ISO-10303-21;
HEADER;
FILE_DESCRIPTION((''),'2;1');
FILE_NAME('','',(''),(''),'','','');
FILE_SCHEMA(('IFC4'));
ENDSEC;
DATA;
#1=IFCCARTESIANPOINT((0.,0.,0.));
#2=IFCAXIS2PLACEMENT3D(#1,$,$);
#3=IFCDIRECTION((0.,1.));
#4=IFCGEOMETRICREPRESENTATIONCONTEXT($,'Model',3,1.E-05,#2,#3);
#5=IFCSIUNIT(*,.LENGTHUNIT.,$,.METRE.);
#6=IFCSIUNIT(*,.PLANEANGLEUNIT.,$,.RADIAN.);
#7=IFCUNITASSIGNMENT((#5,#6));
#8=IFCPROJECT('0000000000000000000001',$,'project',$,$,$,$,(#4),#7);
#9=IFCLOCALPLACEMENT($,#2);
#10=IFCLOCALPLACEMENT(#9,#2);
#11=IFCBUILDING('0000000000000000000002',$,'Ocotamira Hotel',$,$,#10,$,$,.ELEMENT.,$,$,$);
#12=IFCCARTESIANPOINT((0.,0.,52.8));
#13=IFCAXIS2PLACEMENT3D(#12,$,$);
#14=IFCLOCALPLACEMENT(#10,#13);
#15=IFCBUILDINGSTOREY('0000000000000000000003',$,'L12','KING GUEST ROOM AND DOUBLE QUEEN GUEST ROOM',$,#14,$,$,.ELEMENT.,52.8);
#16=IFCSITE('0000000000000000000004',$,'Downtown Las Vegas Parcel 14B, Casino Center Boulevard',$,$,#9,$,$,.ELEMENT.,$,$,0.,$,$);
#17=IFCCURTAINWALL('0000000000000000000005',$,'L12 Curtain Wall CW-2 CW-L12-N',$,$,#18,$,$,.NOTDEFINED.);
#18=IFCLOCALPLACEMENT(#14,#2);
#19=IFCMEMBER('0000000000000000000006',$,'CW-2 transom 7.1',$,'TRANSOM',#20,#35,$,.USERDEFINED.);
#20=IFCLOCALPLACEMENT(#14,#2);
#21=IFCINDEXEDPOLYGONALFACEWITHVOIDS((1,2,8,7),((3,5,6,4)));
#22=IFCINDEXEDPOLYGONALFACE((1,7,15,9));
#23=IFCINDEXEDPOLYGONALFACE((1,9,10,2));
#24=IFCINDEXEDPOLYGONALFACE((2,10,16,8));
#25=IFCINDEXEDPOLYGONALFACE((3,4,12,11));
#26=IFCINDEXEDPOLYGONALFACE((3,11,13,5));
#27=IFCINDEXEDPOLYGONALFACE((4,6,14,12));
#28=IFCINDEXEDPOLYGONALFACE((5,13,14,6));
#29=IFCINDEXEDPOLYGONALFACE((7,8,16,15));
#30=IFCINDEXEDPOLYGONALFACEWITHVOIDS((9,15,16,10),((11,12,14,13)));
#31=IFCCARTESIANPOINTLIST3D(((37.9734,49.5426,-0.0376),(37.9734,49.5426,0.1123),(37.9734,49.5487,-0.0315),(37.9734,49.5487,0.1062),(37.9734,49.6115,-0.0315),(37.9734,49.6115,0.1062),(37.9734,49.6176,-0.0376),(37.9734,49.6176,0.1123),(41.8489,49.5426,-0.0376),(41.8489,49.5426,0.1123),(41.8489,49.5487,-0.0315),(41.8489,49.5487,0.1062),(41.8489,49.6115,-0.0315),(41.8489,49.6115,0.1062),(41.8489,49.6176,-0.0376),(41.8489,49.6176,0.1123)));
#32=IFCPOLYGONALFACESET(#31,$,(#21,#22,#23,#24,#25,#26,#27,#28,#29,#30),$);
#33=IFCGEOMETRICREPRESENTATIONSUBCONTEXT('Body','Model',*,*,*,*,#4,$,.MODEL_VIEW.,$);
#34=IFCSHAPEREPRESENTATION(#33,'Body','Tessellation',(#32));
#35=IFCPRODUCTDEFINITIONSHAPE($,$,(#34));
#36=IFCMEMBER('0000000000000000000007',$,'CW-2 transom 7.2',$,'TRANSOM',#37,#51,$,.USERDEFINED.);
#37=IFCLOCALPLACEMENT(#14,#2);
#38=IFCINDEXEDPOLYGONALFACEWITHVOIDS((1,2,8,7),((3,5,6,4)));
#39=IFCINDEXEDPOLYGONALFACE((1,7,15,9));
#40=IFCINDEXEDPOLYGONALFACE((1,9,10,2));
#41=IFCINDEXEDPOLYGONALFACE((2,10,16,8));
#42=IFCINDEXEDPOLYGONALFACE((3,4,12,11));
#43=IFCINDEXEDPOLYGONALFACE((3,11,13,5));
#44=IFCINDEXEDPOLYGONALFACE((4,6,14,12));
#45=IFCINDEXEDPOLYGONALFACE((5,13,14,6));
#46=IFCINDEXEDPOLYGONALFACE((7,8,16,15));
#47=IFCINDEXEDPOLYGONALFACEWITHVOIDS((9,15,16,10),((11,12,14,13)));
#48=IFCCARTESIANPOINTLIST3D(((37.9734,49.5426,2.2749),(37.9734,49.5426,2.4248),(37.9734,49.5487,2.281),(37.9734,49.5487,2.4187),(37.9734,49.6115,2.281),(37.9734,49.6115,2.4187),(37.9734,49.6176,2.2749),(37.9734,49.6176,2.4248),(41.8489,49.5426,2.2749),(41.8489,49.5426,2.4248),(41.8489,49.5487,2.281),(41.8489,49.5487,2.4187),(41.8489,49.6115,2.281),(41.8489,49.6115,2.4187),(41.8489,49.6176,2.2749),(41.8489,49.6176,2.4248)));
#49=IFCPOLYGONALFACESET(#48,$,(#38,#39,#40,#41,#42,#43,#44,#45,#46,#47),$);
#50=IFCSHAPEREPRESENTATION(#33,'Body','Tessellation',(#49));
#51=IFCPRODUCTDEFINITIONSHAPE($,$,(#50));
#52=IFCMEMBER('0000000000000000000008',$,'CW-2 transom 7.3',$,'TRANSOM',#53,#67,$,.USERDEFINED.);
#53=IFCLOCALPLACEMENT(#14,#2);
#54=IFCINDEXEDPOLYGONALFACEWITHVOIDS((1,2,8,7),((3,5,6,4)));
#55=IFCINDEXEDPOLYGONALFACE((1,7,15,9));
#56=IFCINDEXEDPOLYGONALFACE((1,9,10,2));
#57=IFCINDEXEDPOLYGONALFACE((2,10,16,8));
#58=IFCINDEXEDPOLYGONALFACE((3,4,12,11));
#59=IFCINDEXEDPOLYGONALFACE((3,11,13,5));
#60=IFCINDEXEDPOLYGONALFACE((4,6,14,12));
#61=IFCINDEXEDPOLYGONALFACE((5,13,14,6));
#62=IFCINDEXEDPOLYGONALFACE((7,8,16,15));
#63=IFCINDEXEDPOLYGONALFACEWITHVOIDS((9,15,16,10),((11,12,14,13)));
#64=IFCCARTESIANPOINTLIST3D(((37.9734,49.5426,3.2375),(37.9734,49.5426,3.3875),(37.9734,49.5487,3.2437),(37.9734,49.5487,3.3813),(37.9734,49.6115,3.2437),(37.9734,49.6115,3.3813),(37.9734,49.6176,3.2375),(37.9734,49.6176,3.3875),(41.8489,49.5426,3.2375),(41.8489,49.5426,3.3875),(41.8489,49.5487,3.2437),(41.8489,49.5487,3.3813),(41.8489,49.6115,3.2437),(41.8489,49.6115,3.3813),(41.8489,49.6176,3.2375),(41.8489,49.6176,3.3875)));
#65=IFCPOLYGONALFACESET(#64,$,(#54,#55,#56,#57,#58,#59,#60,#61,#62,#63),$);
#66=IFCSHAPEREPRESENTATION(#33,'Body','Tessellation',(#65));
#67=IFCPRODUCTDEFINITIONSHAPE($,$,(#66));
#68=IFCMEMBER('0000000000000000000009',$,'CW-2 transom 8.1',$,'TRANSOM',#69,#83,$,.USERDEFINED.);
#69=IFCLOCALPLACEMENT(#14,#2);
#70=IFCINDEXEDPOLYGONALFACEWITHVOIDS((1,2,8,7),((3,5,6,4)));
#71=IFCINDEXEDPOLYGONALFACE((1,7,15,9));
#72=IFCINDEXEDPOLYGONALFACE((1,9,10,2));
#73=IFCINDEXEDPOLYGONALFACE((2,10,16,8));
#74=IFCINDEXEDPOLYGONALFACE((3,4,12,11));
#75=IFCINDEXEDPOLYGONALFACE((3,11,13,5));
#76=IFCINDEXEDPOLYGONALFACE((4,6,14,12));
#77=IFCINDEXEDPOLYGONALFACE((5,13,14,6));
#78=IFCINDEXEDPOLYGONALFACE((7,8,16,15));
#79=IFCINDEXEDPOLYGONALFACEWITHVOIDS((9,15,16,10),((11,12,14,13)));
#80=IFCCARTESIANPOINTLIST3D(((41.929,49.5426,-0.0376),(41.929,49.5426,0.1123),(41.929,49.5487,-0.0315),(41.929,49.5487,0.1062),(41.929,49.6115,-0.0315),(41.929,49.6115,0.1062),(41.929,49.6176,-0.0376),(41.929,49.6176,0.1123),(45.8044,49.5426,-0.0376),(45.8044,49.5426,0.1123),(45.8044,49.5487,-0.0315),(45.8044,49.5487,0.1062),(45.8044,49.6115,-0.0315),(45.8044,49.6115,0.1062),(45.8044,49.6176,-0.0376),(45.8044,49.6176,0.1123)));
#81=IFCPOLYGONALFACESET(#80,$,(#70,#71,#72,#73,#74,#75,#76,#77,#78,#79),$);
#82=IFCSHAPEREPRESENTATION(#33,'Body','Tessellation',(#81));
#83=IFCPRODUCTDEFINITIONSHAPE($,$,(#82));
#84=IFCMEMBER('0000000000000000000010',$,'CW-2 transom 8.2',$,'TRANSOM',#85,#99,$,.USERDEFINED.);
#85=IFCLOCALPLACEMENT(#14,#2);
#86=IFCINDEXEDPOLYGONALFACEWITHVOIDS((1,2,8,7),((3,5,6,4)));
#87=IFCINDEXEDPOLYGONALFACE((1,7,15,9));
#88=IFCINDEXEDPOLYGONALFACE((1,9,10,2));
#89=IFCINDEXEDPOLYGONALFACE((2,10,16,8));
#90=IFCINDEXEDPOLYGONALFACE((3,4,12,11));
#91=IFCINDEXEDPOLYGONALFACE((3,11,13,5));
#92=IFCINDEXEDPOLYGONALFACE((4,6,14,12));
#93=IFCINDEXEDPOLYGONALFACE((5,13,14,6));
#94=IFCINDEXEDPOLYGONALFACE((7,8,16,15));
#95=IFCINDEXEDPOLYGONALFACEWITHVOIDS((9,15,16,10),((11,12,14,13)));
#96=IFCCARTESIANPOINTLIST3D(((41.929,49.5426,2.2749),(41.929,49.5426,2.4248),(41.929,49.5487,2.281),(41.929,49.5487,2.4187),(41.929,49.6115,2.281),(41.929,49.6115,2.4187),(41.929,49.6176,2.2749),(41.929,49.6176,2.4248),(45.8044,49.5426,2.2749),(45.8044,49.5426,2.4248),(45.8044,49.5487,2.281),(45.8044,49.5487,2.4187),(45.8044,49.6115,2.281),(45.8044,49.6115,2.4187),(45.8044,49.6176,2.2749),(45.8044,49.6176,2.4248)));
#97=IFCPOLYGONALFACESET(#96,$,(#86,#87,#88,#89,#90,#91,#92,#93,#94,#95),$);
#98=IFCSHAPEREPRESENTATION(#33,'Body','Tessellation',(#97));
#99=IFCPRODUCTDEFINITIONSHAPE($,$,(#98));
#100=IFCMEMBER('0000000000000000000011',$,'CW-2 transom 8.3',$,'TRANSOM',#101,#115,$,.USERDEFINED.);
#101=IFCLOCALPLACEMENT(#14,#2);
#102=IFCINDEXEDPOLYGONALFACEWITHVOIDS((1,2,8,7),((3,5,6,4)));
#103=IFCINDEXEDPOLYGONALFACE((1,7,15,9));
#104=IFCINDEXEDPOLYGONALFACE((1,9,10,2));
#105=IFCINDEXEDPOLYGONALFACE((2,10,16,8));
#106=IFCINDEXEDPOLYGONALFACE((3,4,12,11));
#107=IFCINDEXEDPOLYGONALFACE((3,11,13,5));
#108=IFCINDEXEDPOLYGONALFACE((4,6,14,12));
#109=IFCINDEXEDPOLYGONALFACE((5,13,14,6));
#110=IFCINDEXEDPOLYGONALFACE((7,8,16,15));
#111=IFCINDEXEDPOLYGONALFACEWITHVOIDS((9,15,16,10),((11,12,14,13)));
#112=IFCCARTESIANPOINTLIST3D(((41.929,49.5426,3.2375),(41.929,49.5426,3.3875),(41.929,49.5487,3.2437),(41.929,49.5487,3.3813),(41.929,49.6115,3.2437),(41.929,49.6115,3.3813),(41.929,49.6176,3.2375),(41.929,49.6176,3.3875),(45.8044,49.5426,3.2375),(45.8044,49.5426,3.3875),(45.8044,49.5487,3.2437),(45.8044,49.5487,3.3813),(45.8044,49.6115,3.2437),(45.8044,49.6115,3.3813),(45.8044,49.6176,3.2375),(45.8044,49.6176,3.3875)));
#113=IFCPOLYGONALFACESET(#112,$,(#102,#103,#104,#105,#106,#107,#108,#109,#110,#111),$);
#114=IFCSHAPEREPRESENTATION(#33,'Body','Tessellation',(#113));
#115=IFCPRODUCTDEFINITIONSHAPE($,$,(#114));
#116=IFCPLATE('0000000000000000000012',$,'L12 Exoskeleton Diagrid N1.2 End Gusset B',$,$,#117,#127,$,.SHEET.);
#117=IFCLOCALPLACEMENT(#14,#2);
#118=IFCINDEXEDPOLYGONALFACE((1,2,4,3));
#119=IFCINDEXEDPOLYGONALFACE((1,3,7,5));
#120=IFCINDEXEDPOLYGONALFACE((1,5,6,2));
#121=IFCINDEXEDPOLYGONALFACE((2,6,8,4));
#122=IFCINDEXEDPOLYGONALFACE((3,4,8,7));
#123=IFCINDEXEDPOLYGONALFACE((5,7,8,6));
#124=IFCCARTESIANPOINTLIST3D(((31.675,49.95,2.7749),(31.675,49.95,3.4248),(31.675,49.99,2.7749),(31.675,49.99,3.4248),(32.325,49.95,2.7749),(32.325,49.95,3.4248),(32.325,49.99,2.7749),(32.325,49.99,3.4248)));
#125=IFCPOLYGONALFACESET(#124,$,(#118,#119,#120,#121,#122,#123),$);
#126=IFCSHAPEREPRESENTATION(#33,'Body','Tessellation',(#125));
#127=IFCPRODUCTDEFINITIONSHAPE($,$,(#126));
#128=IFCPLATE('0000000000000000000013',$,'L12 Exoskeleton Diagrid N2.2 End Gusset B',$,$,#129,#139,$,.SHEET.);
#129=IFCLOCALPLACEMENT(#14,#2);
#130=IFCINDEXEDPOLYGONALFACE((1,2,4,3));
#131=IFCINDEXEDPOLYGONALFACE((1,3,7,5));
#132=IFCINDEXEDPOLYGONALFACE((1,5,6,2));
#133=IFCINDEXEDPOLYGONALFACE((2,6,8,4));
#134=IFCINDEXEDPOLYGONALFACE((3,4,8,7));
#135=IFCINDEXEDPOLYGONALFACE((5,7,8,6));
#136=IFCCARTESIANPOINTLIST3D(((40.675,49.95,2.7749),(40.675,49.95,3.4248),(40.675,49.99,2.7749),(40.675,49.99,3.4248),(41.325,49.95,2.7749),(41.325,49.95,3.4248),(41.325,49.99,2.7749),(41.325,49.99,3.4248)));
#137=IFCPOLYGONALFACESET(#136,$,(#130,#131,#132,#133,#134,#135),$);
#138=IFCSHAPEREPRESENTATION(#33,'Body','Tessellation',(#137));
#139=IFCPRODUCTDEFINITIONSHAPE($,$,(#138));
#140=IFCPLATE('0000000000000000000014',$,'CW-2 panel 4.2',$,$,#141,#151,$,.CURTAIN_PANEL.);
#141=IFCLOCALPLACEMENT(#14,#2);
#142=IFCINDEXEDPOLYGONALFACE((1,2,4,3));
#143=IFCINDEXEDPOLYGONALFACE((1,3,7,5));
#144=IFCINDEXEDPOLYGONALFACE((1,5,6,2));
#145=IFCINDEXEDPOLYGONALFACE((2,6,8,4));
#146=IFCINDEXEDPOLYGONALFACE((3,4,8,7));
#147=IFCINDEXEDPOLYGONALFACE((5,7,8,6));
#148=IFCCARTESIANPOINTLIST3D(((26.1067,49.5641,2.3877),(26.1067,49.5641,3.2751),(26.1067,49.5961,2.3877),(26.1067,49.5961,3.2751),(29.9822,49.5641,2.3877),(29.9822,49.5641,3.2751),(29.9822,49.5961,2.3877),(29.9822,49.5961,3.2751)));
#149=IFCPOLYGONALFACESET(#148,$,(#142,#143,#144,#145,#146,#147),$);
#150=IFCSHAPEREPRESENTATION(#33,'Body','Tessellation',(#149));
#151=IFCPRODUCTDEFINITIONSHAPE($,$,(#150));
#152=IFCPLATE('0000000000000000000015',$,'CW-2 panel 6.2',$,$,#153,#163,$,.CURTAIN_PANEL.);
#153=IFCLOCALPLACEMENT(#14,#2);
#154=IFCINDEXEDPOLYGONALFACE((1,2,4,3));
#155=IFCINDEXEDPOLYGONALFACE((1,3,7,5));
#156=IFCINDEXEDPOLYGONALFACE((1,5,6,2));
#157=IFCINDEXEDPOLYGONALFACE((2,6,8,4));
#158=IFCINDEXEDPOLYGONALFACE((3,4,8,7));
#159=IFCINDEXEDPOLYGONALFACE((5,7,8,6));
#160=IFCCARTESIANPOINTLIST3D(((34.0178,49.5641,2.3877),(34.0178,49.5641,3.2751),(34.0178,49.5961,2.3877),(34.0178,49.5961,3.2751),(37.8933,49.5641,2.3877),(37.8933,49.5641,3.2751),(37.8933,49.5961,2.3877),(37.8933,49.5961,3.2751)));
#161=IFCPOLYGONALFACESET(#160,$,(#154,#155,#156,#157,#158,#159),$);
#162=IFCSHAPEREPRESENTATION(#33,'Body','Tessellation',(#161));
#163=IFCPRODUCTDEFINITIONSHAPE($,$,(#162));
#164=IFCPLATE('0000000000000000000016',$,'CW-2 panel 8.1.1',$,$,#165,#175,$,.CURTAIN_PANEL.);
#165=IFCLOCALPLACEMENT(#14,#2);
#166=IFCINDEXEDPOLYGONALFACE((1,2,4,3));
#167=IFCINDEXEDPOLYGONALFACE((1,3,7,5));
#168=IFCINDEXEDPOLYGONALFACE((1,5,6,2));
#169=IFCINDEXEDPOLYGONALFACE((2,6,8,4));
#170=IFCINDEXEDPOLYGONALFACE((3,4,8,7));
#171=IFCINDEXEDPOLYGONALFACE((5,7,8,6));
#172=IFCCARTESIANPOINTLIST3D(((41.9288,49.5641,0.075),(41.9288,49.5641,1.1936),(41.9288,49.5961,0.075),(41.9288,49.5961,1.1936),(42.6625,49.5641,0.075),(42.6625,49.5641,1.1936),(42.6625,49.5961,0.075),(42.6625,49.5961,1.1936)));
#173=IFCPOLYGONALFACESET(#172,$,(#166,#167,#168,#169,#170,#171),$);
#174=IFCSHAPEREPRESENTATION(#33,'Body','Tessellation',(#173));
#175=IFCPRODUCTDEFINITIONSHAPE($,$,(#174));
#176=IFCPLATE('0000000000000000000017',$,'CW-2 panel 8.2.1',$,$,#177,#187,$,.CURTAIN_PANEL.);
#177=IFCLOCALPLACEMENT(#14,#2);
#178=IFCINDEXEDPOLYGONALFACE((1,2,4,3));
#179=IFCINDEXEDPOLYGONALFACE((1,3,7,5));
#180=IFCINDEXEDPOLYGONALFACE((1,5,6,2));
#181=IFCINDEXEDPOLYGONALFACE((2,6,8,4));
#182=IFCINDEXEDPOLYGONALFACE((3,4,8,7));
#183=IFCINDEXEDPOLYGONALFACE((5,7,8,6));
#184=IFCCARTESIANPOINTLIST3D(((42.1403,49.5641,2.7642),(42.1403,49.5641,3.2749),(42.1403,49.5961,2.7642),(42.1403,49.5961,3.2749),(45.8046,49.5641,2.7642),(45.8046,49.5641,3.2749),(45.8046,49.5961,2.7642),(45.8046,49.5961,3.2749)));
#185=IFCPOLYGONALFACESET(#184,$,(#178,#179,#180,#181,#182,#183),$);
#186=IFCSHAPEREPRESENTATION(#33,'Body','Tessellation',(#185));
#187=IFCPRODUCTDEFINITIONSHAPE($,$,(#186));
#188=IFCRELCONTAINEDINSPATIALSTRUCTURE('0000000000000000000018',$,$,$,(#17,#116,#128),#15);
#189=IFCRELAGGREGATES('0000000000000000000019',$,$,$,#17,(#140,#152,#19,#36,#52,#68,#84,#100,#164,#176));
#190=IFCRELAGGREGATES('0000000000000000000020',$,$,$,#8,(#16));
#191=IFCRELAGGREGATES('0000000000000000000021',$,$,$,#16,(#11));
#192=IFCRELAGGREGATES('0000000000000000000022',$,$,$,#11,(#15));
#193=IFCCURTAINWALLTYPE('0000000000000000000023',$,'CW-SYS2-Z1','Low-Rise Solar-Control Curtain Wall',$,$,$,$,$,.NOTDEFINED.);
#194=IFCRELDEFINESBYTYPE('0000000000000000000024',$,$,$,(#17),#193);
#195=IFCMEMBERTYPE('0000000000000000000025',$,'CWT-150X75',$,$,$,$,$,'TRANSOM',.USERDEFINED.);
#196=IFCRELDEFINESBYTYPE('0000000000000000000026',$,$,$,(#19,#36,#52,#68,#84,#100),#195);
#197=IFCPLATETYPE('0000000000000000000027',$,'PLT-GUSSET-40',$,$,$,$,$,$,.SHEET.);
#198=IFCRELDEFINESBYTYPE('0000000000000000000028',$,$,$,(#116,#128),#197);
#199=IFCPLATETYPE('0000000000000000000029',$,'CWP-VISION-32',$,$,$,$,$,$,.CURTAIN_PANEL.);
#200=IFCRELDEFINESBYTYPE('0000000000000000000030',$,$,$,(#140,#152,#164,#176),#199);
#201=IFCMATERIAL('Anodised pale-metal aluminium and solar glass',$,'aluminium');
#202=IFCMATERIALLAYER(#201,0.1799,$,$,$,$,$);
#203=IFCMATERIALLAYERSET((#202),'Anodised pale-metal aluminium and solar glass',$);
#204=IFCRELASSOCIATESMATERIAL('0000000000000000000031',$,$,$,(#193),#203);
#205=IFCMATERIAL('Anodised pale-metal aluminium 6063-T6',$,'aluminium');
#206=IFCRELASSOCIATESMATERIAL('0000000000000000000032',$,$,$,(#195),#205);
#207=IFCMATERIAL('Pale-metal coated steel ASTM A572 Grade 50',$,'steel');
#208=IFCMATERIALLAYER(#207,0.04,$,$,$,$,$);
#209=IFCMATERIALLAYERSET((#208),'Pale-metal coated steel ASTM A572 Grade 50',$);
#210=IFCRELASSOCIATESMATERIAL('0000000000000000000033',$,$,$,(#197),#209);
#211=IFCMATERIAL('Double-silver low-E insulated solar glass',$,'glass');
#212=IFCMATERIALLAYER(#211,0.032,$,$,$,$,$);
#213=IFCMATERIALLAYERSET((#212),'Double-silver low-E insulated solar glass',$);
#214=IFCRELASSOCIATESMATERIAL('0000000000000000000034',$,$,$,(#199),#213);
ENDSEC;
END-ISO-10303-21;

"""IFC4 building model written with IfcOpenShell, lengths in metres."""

from ifc_helpers import new_model, si_unit, direction, frame, origin, origin_2d, place, context, subcontext, project, spatial, rectangle, hollow_rectangle, extrude, source, transform, mapped, material, layer, layer_set, material_profile, profile_set, type_object, element, aggregate, save


model = new_model("IFC4")

# Units and contexts
model_context = context("Model", 3, precision=1e-05, world=origin(), true_north=direction((0.0, 1.0)))
body_context = subcontext(model_context, "Body", "Model", "MODEL_VIEW")
ifc_project = project(units=[si_unit("LENGTHUNIT", "METRE"), si_unit("PLANEANGLEUNIT", "RADIAN")], contexts=[model_context])

# Site, building, storey
site_placement = place(None, origin())
site = spatial("IfcSite", under=ifc_project, at=site_placement, Name="Downtown Las Vegas Parcel 14B, Casino Center Boulevard", CompositionType="ELEMENT", RefElevation=0.0)
building_placement = place(site_placement, origin())
building = spatial("IfcBuilding", under=site, at=building_placement, Name="Ocotamira Hotel", CompositionType="ELEMENT")
storey_placement = place(building_placement, frame((0.0, 0.0, 52.8)))
storey = spatial("IfcBuildingStorey", under=building, at=storey_placement, Name="L12", Description="KING GUEST ROOM AND DOUBLE QUEEN GUEST ROOM", CompositionType="ELEMENT", Elevation=52.8)

# Curtain wall, members
ifc_material_1 = material(Name="Anodised pale-metal aluminium and solar glass", Category="aluminium")
ifc_layer_1 = layer(ifc_material_1, 0.1799)
ifc_layer_set_1 = layer_set([ifc_layer_1], Name="Anodised pale-metal aluminium and solar glass")
curtain_wall_type = type_object("IfcCurtainWallType", Name="CW-SYS2-Z1", Description="Low-Rise Solar-Control Curtain Wall", PredefinedType="NOTDEFINED", material=ifc_layer_set_1)
curtain_wall_placement = place(storey_placement, origin())
curtain_wall = element("IfcCurtainWall", 1, at=curtain_wall_placement, inside=storey, type_object=curtain_wall_type, Name="L12 Curtain Wall CW-2 CW-L12-N", PredefinedType="NOTDEFINED")
ifc_material_2 = material(Name="Anodised pale-metal aluminium 6063-T6", Category="aluminium")
ifc_material_profile_1 = material_profile(ifc_material_2, hollow_rectangle(XDim=0.075, YDim=0.1499, WallThickness=0.0061, at=origin_2d()), Name="HSS150X75X6")
ifc_profile_set_1 = profile_set([ifc_material_profile_1], Name="Anodised pale-metal aluminium 6063-T6")
member_type_1 = type_object("IfcMemberType", Name="CWT-150X75", ElementType="TRANSOM", PredefinedType="USERDEFINED", material=ifc_profile_set_1)
shared_shape_1 = source(origin(), body_context, "Body", "SweptSolid", [
    extrude(hollow_rectangle(XDim=0.075, YDim=0.1499, WallThickness=0.0061, at=origin_2d()), origin(), (0.0, 0.0, 1.0), 3.8755),
])
member_1_placement = place(storey_placement, frame((37.9734, 49.5801, 0.0374), z_axis=(1.0, 0.0, 0.0), x_axis=(0.0, 1.0, 0.0)))
member_1 = element("IfcMember", 2, at=member_1_placement, type_object=member_type_1, Name="CW-2 transom 7.1", ObjectType="TRANSOM", PredefinedType="USERDEFINED", context=body_context, shape_type="MappedRepresentation", body=[
    mapped(shared_shape_1, transform((0.0, 0.0, 0.0), scale=1.0)),
])
member_2_placement = place(storey_placement, frame((37.9734, 49.5801, 2.3499), z_axis=(1.0, 0.0, 0.0), x_axis=(0.0, 1.0, 0.0)))
member_2 = element("IfcMember", 3, at=member_2_placement, type_object=member_type_1, Name="CW-2 transom 7.2", ObjectType="TRANSOM", PredefinedType="USERDEFINED", context=body_context, shape_type="MappedRepresentation", body=[
    mapped(shared_shape_1, transform((0.0, 0.0, 0.0), scale=1.0)),
])
member_3_placement = place(storey_placement, frame((37.9734, 49.5801, 3.3125), z_axis=(1.0, 0.0, 0.0), x_axis=(0.0, 1.0, 0.0)))
member_3 = element("IfcMember", 4, at=member_3_placement, type_object=member_type_1, Name="CW-2 transom 7.3", ObjectType="TRANSOM", PredefinedType="USERDEFINED", context=body_context, shape_type="MappedRepresentation", body=[
    mapped(shared_shape_1, transform((0.0, 0.0, 0.0), scale=1.0)),
])
member_4_placement = place(storey_placement, frame((41.929, 49.5801, 0.0374), z_axis=(1.0, 0.0, 0.0), x_axis=(0.0, 1.0, 0.0)))
member_4 = element("IfcMember", 5, at=member_4_placement, type_object=member_type_1, Name="CW-2 transom 8.1", ObjectType="TRANSOM", PredefinedType="USERDEFINED", context=body_context, shape_type="MappedRepresentation", body=[
    mapped(shared_shape_1, transform((0.0, 0.0, 0.0), scale=1.0)),
])
member_5_placement = place(storey_placement, frame((41.929, 49.5801, 2.3499), z_axis=(1.0, 0.0, 0.0), x_axis=(0.0, 1.0, 0.0)))
member_5 = element("IfcMember", 6, at=member_5_placement, type_object=member_type_1, Name="CW-2 transom 8.2", ObjectType="TRANSOM", PredefinedType="USERDEFINED", context=body_context, shape_type="MappedRepresentation", body=[
    mapped(shared_shape_1, transform((0.0, 0.0, 0.0), scale=1.0)),
])
member_6_placement = place(storey_placement, frame((41.929, 49.5801, 3.3125), z_axis=(1.0, 0.0, 0.0), x_axis=(0.0, 1.0, 0.0)))
member_6 = element("IfcMember", 7, at=member_6_placement, type_object=member_type_1, Name="CW-2 transom 8.3", ObjectType="TRANSOM", PredefinedType="USERDEFINED", context=body_context, shape_type="MappedRepresentation", body=[
    mapped(shared_shape_1, transform((0.0, 0.0, 0.0), scale=1.0)),
])

# Plates
ifc_material_3 = material(Name="Pale-metal coated steel ASTM A572 Grade 50", Category="steel")
ifc_layer_2 = layer(ifc_material_3, 0.04)
ifc_layer_set_2 = layer_set([ifc_layer_2], Name="Pale-metal coated steel ASTM A572 Grade 50")
plate_type_1 = type_object("IfcPlateType", Name="PLT-GUSSET-40", PredefinedType="SHEET", material=ifc_layer_set_2)
shared_shape_2 = source(origin(), body_context, "Body", "SweptSolid", [
    extrude(rectangle(XDim=0.6499, YDim=0.04, at=origin_2d()), origin(), (0.0, 0.0, 1.0), 0.6499),
])
for number, where, z_axis, x_axis, name in (
    (8, (32.0, 49.97, 2.7749), (0.0, 0.0, 1.0), (1.0, 0.0, 0.0), "L12 Exoskeleton Diagrid N1.2 End Gusset B"),
    (9, (41.0, 49.97, 2.7749), (0.0, 0.0, 1.0), (1.0, 0.0, 0.0), "L12 Exoskeleton Diagrid N2.2 End Gusset B"),
):
    element("IfcPlate", number, at=place(storey_placement, frame(where, z_axis=z_axis, x_axis=x_axis)), inside=storey, type_object=plate_type_1, Name=name, PredefinedType="SHEET", context=body_context, shape_type="MappedRepresentation", body=[
        mapped(shared_shape_2, transform((0.0, 0.0, 0.0), scale=1.0)),
    ])

# Plates
ifc_material_4 = material(Name="Double-silver low-E insulated solar glass", Category="glass")
ifc_layer_3 = layer(ifc_material_4, 0.032)
ifc_layer_set_3 = layer_set([ifc_layer_3], Name="Double-silver low-E insulated solar glass")
plate_type_2 = type_object("IfcPlateType", Name="CWP-VISION-32", PredefinedType="CURTAIN_PANEL", material=ifc_layer_set_3)
shared_shape_3 = source(origin(), body_context, "Body", "SweptSolid", [
    extrude(rectangle(XDim=3.8755, YDim=0.032, at=origin_2d()), origin(), (0.0, 0.0, 1.0), 0.8875),
])
plate_1_placement = place(storey_placement, frame((28.0444, 49.5801, 2.3877), z_axis=(0.0, 0.0, 1.0), x_axis=(1.0, 0.0, 0.0)))
plate_1 = element("IfcPlate", 10, at=plate_1_placement, type_object=plate_type_2, Name="CW-2 panel 4.2", PredefinedType="CURTAIN_PANEL", context=body_context, shape_type="MappedRepresentation", body=[
    mapped(shared_shape_3, transform((0.0, 0.0, 0.0), scale=1.0)),
])
plate_2_placement = place(storey_placement, frame((35.9556, 49.5801, 2.3877), z_axis=(0.0, 0.0, 1.0), x_axis=(1.0, 0.0, 0.0)))
plate_2 = element("IfcPlate", 11, at=plate_2_placement, type_object=plate_type_2, Name="CW-2 panel 6.2", PredefinedType="CURTAIN_PANEL", context=body_context, shape_type="MappedRepresentation", body=[
    mapped(shared_shape_3, transform((0.0, 0.0, 0.0), scale=1.0)),
])
shared_shape_4 = source(origin(), body_context, "Body", "SweptSolid", [
    extrude(rectangle(XDim=0.7336, YDim=0.032, at=origin_2d()), origin(), (0.0, 0.0, 1.0), 1.1187),
])
plate_3_placement = place(storey_placement, frame((42.2957, 49.5801, 0.075), z_axis=(0.0, 0.0, 1.0), x_axis=(1.0, 0.0, 0.0)))
plate_3 = element("IfcPlate", 12, at=plate_3_placement, type_object=plate_type_2, Name="CW-2 panel 8.1.1", PredefinedType="CURTAIN_PANEL", context=body_context, shape_type="MappedRepresentation", body=[
    mapped(shared_shape_4, transform((0.0, 0.0, 0.0), scale=1.0)),
])
shared_shape_5 = source(origin(), body_context, "Body", "SweptSolid", [
    extrude(rectangle(XDim=3.6643, YDim=0.032, at=origin_2d()), origin(), (0.0, 0.0, 1.0), 0.5107),
])
plate_4_placement = place(storey_placement, frame((43.9724, 49.5801, 2.7642), z_axis=(0.0, 0.0, 1.0), x_axis=(1.0, 0.0, 0.0)))
plate_4 = element("IfcPlate", 13, at=plate_4_placement, type_object=plate_type_2, Name="CW-2 panel 8.2.1", PredefinedType="CURTAIN_PANEL", context=body_context, shape_type="MappedRepresentation", body=[
    mapped(shared_shape_5, transform((0.0, 0.0, 0.0), scale=1.0)),
])
aggregate(curtain_wall, [plate_1, plate_2, member_1, member_2, member_3, member_4, member_5, member_6, plate_3, plate_4])

save(model, "model.ifc")
